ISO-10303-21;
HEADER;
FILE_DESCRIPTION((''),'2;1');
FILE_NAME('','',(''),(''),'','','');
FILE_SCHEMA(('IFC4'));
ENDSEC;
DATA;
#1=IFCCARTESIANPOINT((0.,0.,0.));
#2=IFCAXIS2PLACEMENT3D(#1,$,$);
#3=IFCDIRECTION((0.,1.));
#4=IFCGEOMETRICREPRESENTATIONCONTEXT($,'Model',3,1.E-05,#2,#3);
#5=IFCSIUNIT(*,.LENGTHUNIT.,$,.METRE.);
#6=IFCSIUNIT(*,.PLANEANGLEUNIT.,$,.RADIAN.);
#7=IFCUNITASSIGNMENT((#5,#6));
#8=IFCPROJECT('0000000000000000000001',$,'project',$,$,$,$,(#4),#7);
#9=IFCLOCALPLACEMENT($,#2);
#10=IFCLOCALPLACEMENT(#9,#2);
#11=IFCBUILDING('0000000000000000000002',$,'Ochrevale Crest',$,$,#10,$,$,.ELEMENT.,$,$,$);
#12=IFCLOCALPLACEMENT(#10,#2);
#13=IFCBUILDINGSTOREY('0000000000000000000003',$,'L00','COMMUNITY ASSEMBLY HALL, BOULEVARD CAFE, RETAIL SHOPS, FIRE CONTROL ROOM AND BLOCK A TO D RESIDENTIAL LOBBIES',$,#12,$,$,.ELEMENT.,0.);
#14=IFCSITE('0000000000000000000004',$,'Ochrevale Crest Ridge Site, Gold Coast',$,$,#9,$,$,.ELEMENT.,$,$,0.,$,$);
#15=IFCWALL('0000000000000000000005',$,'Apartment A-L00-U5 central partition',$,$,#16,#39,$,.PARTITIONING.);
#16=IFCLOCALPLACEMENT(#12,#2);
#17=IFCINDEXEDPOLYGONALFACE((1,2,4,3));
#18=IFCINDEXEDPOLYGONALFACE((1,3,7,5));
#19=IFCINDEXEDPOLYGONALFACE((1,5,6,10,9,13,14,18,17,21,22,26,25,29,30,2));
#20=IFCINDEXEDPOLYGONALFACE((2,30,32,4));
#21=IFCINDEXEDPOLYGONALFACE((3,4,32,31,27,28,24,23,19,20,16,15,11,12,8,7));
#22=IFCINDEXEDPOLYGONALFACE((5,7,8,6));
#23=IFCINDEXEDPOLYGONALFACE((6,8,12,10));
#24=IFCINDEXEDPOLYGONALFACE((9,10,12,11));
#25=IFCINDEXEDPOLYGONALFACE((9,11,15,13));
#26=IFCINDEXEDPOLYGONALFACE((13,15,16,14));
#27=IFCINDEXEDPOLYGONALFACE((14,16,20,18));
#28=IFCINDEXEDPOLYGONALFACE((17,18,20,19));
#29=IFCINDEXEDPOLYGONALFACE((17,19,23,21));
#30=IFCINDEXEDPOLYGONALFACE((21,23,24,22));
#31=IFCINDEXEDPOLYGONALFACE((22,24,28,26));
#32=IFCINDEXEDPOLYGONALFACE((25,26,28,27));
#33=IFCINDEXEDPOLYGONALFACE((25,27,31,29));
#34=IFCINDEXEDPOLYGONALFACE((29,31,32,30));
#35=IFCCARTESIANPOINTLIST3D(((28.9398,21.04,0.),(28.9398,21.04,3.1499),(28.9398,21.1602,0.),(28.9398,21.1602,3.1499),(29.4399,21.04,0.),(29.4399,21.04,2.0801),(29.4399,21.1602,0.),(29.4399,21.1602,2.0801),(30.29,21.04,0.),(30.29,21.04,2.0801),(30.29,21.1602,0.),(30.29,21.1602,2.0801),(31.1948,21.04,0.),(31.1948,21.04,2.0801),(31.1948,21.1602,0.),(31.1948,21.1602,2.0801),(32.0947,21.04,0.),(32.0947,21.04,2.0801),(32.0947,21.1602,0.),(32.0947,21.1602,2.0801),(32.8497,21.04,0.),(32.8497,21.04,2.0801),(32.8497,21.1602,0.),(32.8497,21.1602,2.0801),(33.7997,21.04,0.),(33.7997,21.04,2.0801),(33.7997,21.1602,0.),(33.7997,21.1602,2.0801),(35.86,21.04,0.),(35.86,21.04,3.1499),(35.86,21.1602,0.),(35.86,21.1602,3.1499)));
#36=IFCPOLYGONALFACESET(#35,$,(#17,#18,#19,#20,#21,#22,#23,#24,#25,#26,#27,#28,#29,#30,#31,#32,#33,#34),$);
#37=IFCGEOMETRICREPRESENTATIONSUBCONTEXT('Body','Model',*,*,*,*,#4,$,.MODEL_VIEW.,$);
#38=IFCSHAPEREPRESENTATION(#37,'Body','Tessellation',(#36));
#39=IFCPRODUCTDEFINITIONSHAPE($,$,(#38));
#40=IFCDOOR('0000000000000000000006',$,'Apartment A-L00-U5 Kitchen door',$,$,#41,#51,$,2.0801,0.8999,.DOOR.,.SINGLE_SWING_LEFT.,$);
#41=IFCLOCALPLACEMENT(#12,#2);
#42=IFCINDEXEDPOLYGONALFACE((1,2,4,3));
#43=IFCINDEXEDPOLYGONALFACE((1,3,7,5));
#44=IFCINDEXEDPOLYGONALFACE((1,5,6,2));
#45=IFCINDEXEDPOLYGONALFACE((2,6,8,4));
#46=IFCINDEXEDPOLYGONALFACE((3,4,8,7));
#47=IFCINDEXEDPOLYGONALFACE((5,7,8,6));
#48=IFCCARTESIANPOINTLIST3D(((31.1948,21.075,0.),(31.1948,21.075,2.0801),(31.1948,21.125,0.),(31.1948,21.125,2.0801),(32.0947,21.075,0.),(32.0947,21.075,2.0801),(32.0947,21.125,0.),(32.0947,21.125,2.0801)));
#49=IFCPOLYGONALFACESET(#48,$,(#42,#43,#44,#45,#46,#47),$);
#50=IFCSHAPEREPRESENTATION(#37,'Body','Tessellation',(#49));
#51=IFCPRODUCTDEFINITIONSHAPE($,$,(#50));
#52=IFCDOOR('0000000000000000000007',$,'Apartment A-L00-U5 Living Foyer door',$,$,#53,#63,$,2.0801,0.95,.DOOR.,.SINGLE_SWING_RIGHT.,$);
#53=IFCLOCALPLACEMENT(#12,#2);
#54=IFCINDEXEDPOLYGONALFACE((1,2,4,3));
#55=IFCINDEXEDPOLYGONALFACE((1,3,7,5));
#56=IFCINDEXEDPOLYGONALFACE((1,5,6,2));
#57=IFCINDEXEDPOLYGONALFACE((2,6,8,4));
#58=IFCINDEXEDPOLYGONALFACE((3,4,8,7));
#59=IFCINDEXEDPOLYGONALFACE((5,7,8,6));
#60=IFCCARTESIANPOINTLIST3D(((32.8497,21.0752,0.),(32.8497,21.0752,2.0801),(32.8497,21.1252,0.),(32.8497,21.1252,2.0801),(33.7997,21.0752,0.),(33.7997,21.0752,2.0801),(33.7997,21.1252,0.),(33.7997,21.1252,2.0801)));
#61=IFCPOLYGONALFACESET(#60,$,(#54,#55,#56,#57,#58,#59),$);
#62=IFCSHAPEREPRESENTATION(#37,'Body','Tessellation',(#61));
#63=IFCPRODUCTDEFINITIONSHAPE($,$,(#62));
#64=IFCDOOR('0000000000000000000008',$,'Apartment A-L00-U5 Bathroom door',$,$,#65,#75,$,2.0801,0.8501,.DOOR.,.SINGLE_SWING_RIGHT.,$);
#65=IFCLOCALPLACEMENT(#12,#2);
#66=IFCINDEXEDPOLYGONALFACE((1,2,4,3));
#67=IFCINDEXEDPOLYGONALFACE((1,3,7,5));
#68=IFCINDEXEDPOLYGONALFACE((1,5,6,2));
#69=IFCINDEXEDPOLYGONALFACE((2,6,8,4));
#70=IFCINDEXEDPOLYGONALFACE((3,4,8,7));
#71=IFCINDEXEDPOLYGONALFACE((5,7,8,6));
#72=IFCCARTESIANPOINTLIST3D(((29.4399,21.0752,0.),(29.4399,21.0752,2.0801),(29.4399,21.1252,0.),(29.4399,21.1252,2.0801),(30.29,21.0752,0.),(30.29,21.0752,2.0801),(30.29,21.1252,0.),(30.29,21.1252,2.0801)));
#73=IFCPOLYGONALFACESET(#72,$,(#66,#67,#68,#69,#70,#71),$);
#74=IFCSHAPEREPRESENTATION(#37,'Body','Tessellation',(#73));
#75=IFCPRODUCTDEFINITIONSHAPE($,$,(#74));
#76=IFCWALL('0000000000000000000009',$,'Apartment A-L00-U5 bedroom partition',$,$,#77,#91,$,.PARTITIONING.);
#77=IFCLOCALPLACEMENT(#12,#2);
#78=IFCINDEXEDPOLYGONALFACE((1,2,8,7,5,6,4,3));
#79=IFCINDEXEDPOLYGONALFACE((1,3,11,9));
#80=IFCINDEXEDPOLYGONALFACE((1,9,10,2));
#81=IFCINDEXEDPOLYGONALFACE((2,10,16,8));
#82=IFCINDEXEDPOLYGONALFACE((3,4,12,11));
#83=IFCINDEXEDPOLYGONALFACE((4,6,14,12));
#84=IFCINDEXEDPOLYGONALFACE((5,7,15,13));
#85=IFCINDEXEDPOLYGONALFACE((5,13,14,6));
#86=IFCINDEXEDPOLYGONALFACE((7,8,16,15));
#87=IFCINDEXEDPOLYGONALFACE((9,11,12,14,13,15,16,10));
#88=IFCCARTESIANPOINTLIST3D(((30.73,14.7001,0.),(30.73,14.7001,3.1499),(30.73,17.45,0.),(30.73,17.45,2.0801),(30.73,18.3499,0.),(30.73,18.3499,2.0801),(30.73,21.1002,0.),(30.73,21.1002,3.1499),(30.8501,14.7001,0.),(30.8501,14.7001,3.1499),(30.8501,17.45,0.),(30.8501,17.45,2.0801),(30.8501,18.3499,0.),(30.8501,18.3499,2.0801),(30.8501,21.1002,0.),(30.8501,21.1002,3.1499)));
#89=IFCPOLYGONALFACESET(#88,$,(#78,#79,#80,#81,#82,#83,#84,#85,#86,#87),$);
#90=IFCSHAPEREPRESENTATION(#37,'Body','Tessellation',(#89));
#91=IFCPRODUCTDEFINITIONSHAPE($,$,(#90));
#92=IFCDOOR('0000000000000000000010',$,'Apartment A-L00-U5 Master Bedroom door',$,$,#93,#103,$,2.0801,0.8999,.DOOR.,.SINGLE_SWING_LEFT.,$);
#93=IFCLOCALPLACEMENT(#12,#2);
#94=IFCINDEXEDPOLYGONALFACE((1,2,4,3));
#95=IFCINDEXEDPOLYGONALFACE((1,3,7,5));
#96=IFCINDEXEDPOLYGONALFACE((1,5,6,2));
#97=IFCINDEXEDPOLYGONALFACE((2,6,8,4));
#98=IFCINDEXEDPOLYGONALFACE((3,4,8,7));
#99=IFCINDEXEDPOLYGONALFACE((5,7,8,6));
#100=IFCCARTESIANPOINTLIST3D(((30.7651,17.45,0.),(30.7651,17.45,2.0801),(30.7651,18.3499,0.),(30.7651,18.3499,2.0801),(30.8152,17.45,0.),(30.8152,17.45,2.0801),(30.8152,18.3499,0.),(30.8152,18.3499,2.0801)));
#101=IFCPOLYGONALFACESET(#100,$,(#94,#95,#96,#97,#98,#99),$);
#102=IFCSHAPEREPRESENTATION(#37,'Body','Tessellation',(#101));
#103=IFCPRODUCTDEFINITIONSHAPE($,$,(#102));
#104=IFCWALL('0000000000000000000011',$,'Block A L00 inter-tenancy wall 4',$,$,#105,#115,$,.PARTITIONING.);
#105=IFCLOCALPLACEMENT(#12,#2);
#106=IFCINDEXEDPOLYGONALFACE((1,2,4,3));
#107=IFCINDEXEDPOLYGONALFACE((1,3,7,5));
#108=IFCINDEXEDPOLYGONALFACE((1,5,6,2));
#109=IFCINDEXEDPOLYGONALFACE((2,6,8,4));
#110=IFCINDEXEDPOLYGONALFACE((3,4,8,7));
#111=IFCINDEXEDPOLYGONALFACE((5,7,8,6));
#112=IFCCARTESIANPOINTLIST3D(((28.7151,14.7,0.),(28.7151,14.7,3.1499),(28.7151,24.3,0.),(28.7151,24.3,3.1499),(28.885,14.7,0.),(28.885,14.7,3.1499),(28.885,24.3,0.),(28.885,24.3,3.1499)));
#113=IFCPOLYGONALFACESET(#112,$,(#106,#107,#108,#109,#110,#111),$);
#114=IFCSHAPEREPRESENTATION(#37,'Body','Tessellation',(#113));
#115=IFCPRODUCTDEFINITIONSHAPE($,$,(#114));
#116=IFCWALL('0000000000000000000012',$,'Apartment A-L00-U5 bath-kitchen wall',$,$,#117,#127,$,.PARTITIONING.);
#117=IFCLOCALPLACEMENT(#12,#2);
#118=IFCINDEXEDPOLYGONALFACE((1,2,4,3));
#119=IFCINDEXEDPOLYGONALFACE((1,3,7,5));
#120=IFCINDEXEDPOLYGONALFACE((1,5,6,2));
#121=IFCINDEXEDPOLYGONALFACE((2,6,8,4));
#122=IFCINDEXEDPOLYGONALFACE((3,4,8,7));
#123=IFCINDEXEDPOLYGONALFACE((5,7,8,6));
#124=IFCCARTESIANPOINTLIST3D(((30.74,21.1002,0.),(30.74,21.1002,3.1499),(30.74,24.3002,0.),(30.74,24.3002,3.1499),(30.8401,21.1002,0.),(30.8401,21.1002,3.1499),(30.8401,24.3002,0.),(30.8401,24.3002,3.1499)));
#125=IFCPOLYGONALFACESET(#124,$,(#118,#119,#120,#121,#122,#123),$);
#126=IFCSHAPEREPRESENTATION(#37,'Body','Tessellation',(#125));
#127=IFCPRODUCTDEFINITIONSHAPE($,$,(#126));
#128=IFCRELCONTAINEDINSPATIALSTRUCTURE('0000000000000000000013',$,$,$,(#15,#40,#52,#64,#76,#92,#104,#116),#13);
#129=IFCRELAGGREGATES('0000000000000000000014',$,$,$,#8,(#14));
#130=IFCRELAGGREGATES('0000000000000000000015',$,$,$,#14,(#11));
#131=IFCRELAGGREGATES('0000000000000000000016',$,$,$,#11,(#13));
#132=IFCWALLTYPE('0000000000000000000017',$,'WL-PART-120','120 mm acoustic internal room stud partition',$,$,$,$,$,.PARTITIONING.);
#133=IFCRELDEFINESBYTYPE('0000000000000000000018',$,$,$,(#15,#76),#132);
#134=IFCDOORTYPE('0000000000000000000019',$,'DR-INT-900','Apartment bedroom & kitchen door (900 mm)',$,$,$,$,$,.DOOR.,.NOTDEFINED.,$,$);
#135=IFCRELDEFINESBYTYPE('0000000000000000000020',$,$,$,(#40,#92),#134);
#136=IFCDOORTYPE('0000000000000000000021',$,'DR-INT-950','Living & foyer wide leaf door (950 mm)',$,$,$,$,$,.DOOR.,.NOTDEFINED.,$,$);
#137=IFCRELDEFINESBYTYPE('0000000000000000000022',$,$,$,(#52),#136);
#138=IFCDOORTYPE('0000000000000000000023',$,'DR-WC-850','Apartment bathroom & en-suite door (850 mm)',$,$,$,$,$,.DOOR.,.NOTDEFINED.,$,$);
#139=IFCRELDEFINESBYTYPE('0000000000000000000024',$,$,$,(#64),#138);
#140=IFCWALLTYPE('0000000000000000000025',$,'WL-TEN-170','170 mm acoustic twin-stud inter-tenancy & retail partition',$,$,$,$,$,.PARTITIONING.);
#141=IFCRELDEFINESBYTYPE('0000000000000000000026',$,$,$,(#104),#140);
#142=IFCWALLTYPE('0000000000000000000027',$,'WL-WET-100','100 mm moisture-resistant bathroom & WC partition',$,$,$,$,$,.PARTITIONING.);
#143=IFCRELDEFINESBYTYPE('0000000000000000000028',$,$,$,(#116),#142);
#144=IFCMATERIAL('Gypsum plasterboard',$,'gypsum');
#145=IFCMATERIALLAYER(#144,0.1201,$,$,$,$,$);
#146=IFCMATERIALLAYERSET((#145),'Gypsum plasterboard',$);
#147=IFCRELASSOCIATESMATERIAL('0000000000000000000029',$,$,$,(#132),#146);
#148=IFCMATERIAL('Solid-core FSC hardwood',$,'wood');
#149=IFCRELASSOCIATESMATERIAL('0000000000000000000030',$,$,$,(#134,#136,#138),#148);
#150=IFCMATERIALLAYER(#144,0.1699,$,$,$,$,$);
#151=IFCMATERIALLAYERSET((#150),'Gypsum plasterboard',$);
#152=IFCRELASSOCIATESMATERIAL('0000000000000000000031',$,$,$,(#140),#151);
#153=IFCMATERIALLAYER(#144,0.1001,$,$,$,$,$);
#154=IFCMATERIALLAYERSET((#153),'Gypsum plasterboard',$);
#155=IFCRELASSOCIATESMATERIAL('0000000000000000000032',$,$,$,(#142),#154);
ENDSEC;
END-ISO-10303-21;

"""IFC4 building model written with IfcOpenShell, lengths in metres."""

from ifc_helpers import new_model, si_unit, direction, frame, frame_2d, origin, place, context, subcontext, project, spatial, rectangle, extrude, material, layer, layer_set, type_object, element, fill, save


model = new_model("IFC4")

# Units and contexts
model_context = context("Model", 3, precision=1e-05, world=origin(), true_north=direction((0.0, 1.0)))
body_context = subcontext(model_context, "Body", "Model", "MODEL_VIEW")
ifc_project = project(units=[si_unit("LENGTHUNIT", "METRE"), si_unit("PLANEANGLEUNIT", "RADIAN")], contexts=[model_context])

# Site, building, storey
site_placement = place(None, origin())
site = spatial("IfcSite", under=ifc_project, at=site_placement, Name="Ochrevale Crest Ridge Site, Gold Coast", CompositionType="ELEMENT", RefElevation=0.0)
building_placement = place(site_placement, origin())
building = spatial("IfcBuilding", under=site, at=building_placement, Name="Ochrevale Crest", CompositionType="ELEMENT")
storey_placement = place(building_placement, origin())
storey = spatial("IfcBuildingStorey", under=building, at=storey_placement, Name="L00", Description="COMMUNITY ASSEMBLY HALL, BOULEVARD CAFE, RETAIL SHOPS, FIRE CONTROL ROOM AND BLOCK A TO D RESIDENTIAL LOBBIES", CompositionType="ELEMENT", Elevation=0.0)

# Shared definitions
ifc_material_1 = material(Name="Gypsum plasterboard", Category="gypsum")
ifc_layer_1 = layer(ifc_material_1, 0.1201)
ifc_layer_set_1 = layer_set([ifc_layer_1], Name="Gypsum plasterboard")
wall_type_1 = type_object("IfcWallType", Name="WL-PART-120", Description="120 mm acoustic internal room stud partition", PredefinedType="PARTITIONING", material=ifc_layer_set_1)

# Wall, openings, doors
wall_1_placement = place(storey_placement, frame((28.9399, 21.1001, 0.0), z_axis=(0.0, 0.0, 1.0), x_axis=(1.0, 0.0, 0.0)))
wall_1 = element("IfcWall", 1, at=wall_1_placement, inside=storey, type_object=wall_type_1, Name="Apartment A-L00-U5 central partition", PredefinedType="PARTITIONING", context=body_context, shape_type="SweptSolid", body=[
    extrude(rectangle(XDim=6.9202, YDim=0.1201, at=frame_2d((3.46, 0.0))), origin(), (0.0, 0.0, 1.0), 3.1499),
])
opening_1_placement = place(wall_1_placement, frame((1.3501, 0.0, 0.0), z_axis=(0.0, 0.0, 1.0), x_axis=(-1.0, 0.0, 0.0)))
opening_1 = element("IfcOpeningElement", 2, at=opening_1_placement, cuts=wall_1, PredefinedType="OPENING", context=body_context, shape_type="SweptSolid", body=[
    extrude(rectangle(XDim=0.8501, YDim=2.0801, at=frame_2d((0.425, 1.04))), frame((0.0, 0.0701, 0.0), z_axis=(0.0, -1.0, 0.0), x_axis=(1.0, 0.0, 0.0)), (0.0, 0.0, 1.0), 0.1401),
])
opening_2_placement = place(wall_1_placement, frame((2.2549, 0.0, 0.0)))
opening_2 = element("IfcOpeningElement", 3, at=opening_2_placement, cuts=wall_1, PredefinedType="OPENING", context=body_context, shape_type="SweptSolid", body=[
    extrude(rectangle(XDim=0.8999, YDim=2.0801, at=frame_2d((0.45, 1.04))), frame((0.0, 0.0701, 0.0), z_axis=(0.0, -1.0, 0.0), x_axis=(1.0, 0.0, 0.0)), (0.0, 0.0, 1.0), 0.1401),
])
opening_3_placement = place(wall_1_placement, frame((4.8599, 0.0, 0.0), z_axis=(0.0, 0.0, 1.0), x_axis=(-1.0, 0.0, 0.0)))
opening_3 = element("IfcOpeningElement", 4, at=opening_3_placement, cuts=wall_1, PredefinedType="OPENING", context=body_context, shape_type="SweptSolid", body=[
    extrude(rectangle(XDim=0.95, YDim=2.0801, at=frame_2d((0.4751, 1.04))), frame((0.0, 0.0701, 0.0), z_axis=(0.0, -1.0, 0.0), x_axis=(1.0, 0.0, 0.0)), (0.0, 0.0, 1.0), 0.1401),
])
ifc_material_2 = material(Name="Solid-core FSC hardwood", Category="wood")
door_type_1 = type_object("IfcDoorType", Name="DR-INT-900", Description="Apartment bedroom & kitchen door (900 mm)", OperationType="NOTDEFINED", PredefinedType="DOOR", material=ifc_material_2)
door_1_placement = place(opening_2_placement, origin())
door_1 = element("IfcDoor", 5, at=door_1_placement, inside=storey, type_object=door_type_1, Name="Apartment A-L00-U5 Kitchen door", OperationType="SINGLE_SWING_LEFT", OverallHeight=2.0801, OverallWidth=0.8999, PredefinedType="DOOR", context=body_context, shape_type="SweptSolid", body=[
    extrude(rectangle(XDim=0.8999, YDim=2.0801, at=frame_2d((0.45, 1.04))), frame((0.0, 0.0249, 0.0), z_axis=(0.0, -1.0, 0.0), x_axis=(1.0, 0.0, 0.0)), (0.0, 0.0, 1.0), 0.05),
])
fill(opening_2, door_1)
door_type_2 = type_object("IfcDoorType", Name="DR-INT-950", Description="Living & foyer wide leaf door (950 mm)", OperationType="NOTDEFINED", PredefinedType="DOOR", material=ifc_material_2)
door_2_placement = place(opening_3_placement, origin())
door_2 = element("IfcDoor", 6, at=door_2_placement, inside=storey, type_object=door_type_2, Name="Apartment A-L00-U5 Living Foyer door", OperationType="SINGLE_SWING_RIGHT", OverallHeight=2.0801, OverallWidth=0.95, PredefinedType="DOOR", context=body_context, shape_type="SweptSolid", body=[
    extrude(rectangle(XDim=0.95, YDim=2.0801, at=frame_2d((0.4751, 1.04))), frame((0.0, 0.0249, 0.0), z_axis=(0.0, -1.0, 0.0), x_axis=(1.0, 0.0, 0.0)), (0.0, 0.0, 1.0), 0.05),
])
fill(opening_3, door_2)
door_type_3 = type_object("IfcDoorType", Name="DR-WC-850", Description="Apartment bathroom & en-suite door (850 mm)", OperationType="NOTDEFINED", PredefinedType="DOOR", material=ifc_material_2)
door_3_placement = place(opening_1_placement, origin())
door_3 = element("IfcDoor", 7, at=door_3_placement, inside=storey, type_object=door_type_3, Name="Apartment A-L00-U5 Bathroom door", OperationType="SINGLE_SWING_RIGHT", OverallHeight=2.0801, OverallWidth=0.8501, PredefinedType="DOOR", context=body_context, shape_type="SweptSolid", body=[
    extrude(rectangle(XDim=0.8501, YDim=2.0801, at=frame_2d((0.425, 1.04))), frame((0.0, 0.0249, 0.0), z_axis=(0.0, -1.0, 0.0), x_axis=(1.0, 0.0, 0.0)), (0.0, 0.0, 1.0), 0.05),
])
fill(opening_1, door_3)

# Wall, opening, door
wall_2_placement = place(storey_placement, frame((30.79, 14.7, 0.0), z_axis=(0.0, 0.0, 1.0), x_axis=(0.0, 1.0, 0.0)))
wall_2 = element("IfcWall", 8, at=wall_2_placement, inside=storey, type_object=wall_type_1, Name="Apartment A-L00-U5 bedroom partition", PredefinedType="PARTITIONING", context=body_context, shape_type="SweptSolid", body=[
    extrude(rectangle(XDim=6.4001, YDim=0.1201, at=frame_2d((3.2002, 0.0))), origin(), (0.0, 0.0, 1.0), 3.1499),
])
opening_4_placement = place(wall_2_placement, frame((2.75, 0.0, 0.0)))
opening_4 = element("IfcOpeningElement", 9, at=opening_4_placement, cuts=wall_2, PredefinedType="OPENING", context=body_context, shape_type="SweptSolid", body=[
    extrude(rectangle(XDim=0.8999, YDim=2.0801, at=frame_2d((0.45, 1.04))), frame((0.0, 0.0701, 0.0), z_axis=(0.0, -1.0, 0.0), x_axis=(1.0, 0.0, 0.0)), (0.0, 0.0, 1.0), 0.1401),
])
door_4_placement = place(opening_4_placement, origin())
door_4 = element("IfcDoor", 10, at=door_4_placement, inside=storey, type_object=door_type_1, Name="Apartment A-L00-U5 Master Bedroom door", OperationType="SINGLE_SWING_LEFT", OverallHeight=2.0801, OverallWidth=0.8999, PredefinedType="DOOR", context=body_context, shape_type="SweptSolid", body=[
    extrude(rectangle(XDim=0.8999, YDim=2.0801, at=frame_2d((0.45, 1.04))), frame((0.0, 0.0249, 0.0), z_axis=(0.0, -1.0, 0.0), x_axis=(1.0, 0.0, 0.0)), (0.0, 0.0, 1.0), 0.05),
])
fill(opening_4, door_4)

# Walls
ifc_layer_2 = layer(ifc_material_1, 0.1699)
ifc_layer_set_2 = layer_set([ifc_layer_2], Name="Gypsum plasterboard")
wall_type_2 = type_object("IfcWallType", Name="WL-TEN-170", Description="170 mm acoustic twin-stud inter-tenancy & retail partition", PredefinedType="PARTITIONING", material=ifc_layer_set_2)
wall_3_placement = place(storey_placement, frame((28.8, 14.7, 0.0), z_axis=(0.0, 0.0, 1.0), x_axis=(0.0, 1.0, 0.0)))
element("IfcWall", 11, at=wall_3_placement, inside=storey, type_object=wall_type_2, Name="Block A L00 inter-tenancy wall 4", PredefinedType="PARTITIONING", context=body_context, shape_type="SweptSolid", body=[
    extrude(rectangle(XDim=9.6001, YDim=0.1699, at=frame_2d((4.8, 0.0))), origin(), (0.0, 0.0, 1.0), 3.1499),
])
ifc_layer_3 = layer(ifc_material_1, 0.1001)
ifc_layer_set_3 = layer_set([ifc_layer_3], Name="Gypsum plasterboard")
wall_type_3 = type_object("IfcWallType", Name="WL-WET-100", Description="100 mm moisture-resistant bathroom & WC partition", PredefinedType="PARTITIONING", material=ifc_layer_set_3)
wall_4_placement = place(storey_placement, frame((30.79, 21.1001, 0.0), z_axis=(0.0, 0.0, 1.0), x_axis=(0.0, 1.0, 0.0)))
element("IfcWall", 12, at=wall_4_placement, inside=storey, type_object=wall_type_3, Name="Apartment A-L00-U5 bath-kitchen wall", PredefinedType="PARTITIONING", context=body_context, shape_type="SweptSolid", body=[
    extrude(rectangle(XDim=3.2, YDim=0.1001, at=frame_2d((1.6001, 0.0))), origin(), (0.0, 0.0, 1.0), 3.1499),
])

save(model, "model.ifc")
